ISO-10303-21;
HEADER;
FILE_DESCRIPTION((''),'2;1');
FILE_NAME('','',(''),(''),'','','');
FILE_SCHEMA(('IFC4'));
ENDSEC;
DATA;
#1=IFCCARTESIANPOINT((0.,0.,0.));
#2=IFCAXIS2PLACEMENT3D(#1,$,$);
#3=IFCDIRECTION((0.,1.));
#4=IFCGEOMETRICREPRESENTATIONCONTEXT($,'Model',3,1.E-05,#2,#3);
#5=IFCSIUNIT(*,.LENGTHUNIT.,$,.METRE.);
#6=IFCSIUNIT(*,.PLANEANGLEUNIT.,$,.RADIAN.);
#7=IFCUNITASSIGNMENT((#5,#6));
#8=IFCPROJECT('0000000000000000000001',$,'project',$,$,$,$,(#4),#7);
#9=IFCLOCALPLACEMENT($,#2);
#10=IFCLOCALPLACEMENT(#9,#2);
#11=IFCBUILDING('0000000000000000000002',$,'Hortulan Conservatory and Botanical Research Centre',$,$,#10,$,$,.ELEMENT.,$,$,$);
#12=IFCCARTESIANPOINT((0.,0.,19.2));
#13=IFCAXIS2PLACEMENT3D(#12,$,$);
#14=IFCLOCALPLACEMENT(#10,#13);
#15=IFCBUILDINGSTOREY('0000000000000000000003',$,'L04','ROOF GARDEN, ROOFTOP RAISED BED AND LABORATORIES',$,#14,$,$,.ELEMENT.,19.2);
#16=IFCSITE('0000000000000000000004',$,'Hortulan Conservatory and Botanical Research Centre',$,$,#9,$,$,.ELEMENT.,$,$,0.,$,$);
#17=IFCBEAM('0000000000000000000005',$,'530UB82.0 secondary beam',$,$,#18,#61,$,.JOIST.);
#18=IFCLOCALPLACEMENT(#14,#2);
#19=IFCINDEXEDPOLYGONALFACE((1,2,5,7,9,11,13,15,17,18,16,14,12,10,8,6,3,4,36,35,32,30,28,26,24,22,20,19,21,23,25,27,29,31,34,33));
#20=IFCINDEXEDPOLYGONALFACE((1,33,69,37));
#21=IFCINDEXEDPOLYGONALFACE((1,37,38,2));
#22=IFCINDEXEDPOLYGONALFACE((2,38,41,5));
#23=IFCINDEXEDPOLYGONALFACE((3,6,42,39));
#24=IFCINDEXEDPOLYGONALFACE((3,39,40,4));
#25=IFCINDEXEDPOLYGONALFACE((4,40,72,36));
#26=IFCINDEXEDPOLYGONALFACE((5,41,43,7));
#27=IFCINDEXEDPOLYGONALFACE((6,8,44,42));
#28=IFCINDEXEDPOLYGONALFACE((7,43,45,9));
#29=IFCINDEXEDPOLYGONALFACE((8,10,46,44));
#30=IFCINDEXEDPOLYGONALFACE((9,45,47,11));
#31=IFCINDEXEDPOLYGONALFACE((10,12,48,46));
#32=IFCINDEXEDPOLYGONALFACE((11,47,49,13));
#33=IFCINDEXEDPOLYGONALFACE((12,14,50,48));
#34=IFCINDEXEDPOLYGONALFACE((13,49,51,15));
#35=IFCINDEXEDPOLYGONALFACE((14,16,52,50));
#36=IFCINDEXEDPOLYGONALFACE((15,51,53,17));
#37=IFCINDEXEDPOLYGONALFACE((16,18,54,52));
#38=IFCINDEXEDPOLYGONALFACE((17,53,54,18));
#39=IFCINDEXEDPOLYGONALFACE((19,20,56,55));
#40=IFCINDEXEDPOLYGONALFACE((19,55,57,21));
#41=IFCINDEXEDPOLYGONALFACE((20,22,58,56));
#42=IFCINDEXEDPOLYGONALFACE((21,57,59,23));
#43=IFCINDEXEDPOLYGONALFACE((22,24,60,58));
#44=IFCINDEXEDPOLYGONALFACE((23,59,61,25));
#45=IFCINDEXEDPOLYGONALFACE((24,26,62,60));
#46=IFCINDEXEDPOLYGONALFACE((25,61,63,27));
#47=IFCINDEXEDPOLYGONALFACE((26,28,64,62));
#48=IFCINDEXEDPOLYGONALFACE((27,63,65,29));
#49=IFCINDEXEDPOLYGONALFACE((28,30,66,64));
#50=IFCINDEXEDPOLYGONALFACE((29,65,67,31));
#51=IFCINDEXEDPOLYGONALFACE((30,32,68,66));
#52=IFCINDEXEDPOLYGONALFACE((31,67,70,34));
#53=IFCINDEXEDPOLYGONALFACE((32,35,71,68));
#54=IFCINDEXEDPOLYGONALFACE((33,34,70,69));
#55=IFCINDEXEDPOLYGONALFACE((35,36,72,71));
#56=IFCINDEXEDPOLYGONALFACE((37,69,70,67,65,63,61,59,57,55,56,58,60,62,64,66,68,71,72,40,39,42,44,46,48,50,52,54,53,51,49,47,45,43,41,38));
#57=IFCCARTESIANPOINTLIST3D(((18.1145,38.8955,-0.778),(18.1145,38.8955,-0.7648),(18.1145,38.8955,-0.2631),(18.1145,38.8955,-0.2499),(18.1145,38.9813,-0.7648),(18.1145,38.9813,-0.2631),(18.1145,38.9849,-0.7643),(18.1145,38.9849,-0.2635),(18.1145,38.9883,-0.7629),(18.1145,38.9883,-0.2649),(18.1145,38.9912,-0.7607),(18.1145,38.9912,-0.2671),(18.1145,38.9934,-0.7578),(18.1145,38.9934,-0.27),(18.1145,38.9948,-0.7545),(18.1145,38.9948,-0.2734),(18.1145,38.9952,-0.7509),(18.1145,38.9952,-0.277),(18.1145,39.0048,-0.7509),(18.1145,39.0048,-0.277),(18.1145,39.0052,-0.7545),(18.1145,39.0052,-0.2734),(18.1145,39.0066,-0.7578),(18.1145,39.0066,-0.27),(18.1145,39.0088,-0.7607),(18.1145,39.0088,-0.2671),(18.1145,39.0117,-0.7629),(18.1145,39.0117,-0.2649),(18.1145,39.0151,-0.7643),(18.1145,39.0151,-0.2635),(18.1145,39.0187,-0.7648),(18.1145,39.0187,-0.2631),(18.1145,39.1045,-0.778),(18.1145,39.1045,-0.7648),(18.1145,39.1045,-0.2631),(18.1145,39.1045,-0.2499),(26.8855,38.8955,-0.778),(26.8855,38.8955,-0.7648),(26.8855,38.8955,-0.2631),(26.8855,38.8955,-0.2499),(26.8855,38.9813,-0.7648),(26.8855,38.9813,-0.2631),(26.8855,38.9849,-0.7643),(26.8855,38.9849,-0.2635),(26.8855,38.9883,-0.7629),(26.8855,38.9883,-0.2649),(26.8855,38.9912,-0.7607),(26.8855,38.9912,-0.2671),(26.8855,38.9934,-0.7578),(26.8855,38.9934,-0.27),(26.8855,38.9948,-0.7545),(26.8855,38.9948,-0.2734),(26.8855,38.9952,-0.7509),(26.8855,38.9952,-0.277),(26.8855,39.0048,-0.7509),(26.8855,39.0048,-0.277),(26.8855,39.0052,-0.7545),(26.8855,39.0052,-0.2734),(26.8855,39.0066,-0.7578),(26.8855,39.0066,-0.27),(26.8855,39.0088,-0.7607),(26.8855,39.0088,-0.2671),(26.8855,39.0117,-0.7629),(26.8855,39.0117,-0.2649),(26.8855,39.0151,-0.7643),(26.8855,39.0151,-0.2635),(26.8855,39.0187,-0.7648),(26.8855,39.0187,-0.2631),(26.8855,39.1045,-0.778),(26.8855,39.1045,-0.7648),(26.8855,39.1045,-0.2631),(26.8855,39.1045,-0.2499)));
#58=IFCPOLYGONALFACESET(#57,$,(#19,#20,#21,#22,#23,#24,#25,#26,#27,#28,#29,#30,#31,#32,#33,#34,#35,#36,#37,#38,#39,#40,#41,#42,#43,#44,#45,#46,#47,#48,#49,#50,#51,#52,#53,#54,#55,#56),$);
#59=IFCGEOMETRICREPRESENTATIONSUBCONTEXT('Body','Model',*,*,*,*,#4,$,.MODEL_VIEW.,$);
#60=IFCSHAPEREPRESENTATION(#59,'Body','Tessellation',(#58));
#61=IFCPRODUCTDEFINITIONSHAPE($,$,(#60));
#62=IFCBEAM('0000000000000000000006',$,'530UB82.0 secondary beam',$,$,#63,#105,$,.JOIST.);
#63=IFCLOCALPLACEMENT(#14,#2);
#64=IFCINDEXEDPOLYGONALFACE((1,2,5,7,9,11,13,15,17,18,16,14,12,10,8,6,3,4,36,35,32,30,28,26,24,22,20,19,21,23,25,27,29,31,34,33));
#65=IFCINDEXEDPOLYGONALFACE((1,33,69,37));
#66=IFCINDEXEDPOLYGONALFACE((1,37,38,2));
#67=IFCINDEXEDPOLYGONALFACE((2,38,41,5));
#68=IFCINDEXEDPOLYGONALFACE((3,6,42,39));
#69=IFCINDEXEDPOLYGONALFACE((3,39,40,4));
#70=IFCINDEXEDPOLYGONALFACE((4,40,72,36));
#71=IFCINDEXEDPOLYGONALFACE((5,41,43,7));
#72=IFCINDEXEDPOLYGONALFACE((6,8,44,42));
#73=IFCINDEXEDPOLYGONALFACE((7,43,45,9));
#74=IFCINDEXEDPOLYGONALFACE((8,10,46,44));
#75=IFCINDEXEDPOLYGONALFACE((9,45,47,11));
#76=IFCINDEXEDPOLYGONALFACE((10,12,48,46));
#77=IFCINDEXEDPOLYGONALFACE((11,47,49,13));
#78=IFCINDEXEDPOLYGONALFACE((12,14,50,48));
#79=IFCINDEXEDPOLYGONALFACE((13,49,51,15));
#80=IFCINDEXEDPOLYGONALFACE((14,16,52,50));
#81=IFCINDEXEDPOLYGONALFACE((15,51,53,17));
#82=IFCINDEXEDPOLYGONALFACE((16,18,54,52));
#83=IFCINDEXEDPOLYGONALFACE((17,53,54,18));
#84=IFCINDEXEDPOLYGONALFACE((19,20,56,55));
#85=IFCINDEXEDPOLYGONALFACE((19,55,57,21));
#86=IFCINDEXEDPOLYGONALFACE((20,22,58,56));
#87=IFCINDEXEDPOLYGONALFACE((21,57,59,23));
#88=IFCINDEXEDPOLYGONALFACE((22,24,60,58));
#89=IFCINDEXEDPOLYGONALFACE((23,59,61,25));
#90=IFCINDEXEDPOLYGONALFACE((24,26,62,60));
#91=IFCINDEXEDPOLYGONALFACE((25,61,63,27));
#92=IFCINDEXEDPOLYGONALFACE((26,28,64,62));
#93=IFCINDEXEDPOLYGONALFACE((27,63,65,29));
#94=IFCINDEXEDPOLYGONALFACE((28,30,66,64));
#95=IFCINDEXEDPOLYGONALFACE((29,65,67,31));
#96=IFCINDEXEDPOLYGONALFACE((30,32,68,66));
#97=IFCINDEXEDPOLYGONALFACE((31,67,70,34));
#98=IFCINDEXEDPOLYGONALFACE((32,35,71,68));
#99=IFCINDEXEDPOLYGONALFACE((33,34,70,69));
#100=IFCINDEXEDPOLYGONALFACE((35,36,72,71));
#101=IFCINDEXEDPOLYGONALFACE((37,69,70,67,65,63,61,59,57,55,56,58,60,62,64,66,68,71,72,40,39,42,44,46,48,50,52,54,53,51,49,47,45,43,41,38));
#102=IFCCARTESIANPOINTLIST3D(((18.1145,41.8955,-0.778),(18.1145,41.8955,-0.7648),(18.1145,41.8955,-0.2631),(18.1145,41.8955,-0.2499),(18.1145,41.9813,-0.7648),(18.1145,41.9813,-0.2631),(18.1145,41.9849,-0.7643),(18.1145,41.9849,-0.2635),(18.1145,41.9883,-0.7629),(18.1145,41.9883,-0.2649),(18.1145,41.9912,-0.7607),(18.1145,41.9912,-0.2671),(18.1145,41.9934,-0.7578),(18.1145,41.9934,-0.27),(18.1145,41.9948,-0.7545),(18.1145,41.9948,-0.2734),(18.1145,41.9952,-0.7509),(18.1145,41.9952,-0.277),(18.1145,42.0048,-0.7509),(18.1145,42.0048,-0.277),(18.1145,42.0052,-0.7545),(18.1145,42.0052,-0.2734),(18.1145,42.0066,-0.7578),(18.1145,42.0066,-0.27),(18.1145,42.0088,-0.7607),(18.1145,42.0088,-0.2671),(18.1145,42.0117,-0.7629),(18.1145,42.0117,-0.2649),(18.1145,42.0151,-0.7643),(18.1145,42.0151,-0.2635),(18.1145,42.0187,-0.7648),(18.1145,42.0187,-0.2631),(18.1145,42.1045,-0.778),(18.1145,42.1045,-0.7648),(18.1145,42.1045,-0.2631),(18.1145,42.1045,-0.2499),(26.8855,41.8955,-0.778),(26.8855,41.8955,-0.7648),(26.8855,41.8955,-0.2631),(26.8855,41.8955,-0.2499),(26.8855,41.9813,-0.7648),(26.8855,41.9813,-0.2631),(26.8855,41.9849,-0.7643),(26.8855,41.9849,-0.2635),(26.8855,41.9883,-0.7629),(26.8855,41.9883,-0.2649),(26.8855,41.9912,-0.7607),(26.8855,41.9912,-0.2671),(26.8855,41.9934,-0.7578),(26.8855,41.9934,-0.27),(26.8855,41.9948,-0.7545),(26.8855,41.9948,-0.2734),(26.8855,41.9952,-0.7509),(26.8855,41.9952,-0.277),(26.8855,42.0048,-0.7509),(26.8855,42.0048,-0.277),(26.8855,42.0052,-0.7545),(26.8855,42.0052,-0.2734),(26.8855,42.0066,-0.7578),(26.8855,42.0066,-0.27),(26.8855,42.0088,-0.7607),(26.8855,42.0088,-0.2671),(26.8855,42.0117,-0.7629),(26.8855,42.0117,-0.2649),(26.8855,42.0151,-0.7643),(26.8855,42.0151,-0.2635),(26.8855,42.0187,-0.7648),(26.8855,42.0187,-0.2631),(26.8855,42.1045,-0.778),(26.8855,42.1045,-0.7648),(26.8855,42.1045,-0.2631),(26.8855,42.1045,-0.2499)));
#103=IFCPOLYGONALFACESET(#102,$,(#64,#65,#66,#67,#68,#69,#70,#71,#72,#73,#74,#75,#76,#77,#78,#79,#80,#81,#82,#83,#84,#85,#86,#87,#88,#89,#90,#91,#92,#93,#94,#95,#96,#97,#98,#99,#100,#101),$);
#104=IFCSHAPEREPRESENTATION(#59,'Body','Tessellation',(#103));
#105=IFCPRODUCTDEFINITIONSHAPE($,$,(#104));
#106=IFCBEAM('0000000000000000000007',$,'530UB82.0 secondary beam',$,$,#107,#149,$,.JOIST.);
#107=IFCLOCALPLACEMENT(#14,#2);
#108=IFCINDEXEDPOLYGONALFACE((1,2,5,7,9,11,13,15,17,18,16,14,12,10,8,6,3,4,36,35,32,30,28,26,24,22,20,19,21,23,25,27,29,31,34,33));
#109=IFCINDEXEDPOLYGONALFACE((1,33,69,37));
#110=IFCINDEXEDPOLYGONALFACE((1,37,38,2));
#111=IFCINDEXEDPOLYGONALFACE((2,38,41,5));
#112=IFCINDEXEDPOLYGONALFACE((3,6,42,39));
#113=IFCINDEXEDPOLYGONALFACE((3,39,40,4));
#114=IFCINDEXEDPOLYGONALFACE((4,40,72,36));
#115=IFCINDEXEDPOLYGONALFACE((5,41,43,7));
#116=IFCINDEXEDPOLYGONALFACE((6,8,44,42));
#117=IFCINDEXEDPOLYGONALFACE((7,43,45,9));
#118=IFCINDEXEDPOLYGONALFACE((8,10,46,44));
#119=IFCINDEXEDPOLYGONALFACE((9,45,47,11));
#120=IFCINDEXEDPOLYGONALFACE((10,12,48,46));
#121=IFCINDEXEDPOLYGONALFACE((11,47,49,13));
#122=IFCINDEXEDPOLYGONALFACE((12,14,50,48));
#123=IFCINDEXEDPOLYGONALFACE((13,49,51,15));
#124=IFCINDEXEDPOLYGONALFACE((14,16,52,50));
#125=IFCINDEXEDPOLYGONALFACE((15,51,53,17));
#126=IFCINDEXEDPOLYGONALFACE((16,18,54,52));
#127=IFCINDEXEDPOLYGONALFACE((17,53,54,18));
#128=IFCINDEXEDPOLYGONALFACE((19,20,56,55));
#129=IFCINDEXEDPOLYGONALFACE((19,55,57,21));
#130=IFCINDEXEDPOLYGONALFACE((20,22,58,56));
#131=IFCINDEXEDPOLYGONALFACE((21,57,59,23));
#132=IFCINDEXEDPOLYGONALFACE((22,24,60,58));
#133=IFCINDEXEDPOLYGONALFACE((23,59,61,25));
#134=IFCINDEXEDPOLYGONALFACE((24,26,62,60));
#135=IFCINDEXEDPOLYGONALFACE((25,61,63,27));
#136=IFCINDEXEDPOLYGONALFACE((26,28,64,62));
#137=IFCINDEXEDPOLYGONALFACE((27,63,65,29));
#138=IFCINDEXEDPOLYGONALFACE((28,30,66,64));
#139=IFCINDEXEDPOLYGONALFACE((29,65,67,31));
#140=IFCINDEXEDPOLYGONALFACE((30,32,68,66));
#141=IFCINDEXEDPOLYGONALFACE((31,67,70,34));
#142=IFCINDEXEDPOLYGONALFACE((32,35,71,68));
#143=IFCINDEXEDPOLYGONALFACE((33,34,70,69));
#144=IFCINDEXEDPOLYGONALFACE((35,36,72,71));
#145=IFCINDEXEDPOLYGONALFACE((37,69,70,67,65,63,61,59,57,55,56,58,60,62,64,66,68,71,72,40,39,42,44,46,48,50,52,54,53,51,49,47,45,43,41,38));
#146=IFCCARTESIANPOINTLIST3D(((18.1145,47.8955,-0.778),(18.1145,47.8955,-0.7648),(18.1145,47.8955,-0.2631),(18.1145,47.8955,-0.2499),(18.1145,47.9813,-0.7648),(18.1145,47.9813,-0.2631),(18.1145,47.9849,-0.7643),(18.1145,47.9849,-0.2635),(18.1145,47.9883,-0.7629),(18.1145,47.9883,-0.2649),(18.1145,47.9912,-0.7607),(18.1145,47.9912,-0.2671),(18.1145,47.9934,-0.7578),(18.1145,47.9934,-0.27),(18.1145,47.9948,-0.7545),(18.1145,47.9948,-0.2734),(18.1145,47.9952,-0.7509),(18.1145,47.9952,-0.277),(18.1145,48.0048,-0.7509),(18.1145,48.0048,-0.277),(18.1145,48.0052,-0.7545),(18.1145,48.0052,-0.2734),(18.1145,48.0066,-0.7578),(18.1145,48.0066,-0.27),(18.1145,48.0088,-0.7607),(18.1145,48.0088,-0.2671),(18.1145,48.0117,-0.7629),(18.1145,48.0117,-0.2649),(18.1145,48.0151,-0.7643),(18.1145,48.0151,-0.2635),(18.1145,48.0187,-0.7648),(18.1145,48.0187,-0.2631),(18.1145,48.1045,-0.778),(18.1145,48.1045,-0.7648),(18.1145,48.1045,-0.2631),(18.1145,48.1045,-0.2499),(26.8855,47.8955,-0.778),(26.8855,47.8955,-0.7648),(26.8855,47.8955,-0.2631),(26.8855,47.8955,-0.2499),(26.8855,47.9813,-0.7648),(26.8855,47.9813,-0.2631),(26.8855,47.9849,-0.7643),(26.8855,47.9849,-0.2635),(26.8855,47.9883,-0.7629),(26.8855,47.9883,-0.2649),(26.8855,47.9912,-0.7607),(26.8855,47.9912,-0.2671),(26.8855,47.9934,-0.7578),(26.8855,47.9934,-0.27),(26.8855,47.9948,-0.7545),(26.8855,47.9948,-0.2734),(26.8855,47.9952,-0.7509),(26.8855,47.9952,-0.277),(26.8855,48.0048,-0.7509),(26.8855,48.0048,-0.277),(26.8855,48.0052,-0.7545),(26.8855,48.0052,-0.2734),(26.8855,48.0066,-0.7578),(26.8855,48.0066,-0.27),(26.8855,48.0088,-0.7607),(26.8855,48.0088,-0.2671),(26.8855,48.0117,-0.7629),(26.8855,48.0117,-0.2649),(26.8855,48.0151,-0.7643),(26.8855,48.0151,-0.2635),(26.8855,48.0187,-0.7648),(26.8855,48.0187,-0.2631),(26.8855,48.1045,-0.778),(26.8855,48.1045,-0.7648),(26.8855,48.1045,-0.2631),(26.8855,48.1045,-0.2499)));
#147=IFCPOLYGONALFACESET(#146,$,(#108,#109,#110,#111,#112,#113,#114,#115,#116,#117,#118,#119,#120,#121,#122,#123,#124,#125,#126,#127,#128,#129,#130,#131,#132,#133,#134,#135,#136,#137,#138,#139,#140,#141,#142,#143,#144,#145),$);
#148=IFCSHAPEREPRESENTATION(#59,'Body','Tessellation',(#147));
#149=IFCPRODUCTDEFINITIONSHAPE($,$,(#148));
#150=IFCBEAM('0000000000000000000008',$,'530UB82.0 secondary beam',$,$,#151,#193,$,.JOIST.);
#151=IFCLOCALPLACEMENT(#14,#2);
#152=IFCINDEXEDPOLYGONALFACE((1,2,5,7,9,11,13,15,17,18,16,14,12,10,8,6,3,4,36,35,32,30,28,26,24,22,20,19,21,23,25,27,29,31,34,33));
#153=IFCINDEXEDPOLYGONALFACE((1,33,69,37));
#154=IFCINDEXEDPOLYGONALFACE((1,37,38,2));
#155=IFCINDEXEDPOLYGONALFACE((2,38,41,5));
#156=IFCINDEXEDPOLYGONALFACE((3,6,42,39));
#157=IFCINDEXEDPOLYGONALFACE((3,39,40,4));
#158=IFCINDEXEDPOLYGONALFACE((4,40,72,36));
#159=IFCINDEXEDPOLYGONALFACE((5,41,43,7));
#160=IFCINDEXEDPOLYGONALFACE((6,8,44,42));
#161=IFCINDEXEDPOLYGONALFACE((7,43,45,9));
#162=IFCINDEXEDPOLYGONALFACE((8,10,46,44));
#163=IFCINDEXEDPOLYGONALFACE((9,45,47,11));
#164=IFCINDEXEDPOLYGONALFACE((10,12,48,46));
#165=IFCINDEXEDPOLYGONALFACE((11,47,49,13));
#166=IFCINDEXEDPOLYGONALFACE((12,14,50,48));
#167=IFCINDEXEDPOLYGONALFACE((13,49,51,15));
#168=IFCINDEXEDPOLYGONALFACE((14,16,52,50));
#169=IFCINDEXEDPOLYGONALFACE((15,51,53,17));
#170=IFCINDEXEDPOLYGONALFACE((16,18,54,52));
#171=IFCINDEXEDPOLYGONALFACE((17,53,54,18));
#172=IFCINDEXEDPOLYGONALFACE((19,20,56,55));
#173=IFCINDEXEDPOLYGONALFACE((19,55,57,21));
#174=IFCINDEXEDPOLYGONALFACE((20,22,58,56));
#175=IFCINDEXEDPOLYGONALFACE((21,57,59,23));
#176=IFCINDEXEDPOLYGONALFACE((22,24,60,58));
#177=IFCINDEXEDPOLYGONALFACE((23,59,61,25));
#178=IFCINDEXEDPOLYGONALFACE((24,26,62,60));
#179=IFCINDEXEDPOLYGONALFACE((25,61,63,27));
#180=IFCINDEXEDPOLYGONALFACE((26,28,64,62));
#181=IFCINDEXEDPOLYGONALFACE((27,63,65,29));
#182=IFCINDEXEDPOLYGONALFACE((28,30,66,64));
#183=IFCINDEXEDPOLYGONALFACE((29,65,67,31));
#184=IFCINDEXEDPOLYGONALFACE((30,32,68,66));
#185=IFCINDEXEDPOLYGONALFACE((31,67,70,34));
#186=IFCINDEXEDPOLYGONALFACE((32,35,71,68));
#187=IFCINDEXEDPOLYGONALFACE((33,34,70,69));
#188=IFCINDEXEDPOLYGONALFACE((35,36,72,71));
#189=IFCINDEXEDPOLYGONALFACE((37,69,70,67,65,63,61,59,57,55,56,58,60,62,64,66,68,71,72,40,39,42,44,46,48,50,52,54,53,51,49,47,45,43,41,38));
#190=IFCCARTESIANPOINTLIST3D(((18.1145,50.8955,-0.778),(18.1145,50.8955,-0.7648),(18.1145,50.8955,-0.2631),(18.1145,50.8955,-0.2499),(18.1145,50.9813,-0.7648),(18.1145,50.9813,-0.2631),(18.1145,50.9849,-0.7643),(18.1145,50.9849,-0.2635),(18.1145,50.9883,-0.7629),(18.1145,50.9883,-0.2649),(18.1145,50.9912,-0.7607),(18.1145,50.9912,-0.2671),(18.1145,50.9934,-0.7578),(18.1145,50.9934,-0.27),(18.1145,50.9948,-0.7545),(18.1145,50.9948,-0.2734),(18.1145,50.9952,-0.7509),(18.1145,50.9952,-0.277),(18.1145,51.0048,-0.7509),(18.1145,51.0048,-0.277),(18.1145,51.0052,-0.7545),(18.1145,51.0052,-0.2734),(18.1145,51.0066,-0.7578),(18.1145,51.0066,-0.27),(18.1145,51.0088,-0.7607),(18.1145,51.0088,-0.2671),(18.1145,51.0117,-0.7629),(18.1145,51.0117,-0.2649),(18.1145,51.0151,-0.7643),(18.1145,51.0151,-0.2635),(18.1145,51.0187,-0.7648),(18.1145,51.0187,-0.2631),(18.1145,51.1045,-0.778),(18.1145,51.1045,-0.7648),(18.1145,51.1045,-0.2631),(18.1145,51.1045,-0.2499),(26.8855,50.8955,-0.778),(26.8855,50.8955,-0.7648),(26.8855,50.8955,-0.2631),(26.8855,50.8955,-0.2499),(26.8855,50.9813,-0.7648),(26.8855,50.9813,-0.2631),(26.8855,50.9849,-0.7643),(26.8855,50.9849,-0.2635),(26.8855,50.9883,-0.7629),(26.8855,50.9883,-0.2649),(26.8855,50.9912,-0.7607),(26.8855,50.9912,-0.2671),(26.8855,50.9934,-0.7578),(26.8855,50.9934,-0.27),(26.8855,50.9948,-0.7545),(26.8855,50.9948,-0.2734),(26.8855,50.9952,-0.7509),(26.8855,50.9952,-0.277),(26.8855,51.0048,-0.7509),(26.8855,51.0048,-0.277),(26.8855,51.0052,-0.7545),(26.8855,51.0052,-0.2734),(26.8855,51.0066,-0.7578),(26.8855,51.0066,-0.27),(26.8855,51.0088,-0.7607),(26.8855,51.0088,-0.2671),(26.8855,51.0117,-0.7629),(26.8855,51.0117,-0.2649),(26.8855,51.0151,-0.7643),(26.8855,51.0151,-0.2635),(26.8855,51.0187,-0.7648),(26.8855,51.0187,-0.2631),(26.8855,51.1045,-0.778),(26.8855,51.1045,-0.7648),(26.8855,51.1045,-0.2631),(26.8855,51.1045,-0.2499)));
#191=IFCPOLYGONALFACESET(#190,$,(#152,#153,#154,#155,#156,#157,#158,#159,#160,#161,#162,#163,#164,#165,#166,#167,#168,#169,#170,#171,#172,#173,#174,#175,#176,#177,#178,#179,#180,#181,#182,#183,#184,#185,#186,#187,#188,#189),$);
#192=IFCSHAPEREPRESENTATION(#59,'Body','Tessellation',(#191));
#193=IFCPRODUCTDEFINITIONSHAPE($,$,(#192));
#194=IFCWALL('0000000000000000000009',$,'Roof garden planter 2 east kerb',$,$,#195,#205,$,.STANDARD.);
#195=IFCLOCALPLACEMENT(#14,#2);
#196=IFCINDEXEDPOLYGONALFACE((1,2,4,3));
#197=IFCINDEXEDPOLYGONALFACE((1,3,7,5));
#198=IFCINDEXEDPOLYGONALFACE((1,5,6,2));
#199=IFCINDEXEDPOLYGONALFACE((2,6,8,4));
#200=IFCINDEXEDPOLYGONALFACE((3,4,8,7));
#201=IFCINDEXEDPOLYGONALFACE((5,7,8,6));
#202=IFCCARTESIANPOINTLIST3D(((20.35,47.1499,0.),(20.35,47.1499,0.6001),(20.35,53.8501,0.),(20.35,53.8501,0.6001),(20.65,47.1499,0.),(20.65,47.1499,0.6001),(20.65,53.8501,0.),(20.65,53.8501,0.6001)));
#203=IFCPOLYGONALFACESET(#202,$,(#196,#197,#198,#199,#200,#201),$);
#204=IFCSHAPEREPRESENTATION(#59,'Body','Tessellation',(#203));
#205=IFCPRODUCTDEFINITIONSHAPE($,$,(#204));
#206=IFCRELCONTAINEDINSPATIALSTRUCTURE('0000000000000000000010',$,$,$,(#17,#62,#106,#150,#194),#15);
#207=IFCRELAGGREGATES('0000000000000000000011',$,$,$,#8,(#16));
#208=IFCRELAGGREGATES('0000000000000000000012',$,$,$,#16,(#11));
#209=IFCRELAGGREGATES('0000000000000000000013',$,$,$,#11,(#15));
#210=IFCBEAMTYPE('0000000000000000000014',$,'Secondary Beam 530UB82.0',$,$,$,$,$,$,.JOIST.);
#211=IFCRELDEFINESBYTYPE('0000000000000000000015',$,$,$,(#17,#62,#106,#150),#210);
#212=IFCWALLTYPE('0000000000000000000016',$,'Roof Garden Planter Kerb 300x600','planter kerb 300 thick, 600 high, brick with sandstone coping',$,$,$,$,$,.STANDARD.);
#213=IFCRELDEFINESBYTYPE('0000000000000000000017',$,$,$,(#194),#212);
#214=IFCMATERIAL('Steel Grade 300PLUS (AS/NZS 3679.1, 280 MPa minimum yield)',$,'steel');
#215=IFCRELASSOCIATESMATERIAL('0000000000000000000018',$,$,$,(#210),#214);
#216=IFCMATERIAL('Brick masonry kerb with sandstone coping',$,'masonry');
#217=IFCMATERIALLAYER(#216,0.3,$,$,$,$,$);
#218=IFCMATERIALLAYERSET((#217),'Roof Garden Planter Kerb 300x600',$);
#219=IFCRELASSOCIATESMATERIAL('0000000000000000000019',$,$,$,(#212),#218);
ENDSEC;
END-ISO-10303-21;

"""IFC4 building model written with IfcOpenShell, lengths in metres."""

from ifc_helpers import new_model, si_unit, direction, frame, frame_2d, origin, origin_2d, place, context, subcontext, project, spatial, rectangle, i_section, extrude, material, layer, layer_set, material_profile, profile_set, type_object, element, save


model = new_model("IFC4")

# Units and contexts
model_context = context("Model", 3, precision=1e-05, world=origin(), true_north=direction((0.0, 1.0)))
body_context = subcontext(model_context, "Body", "Model", "MODEL_VIEW")
ifc_project = project(units=[si_unit("LENGTHUNIT", "METRE"), si_unit("PLANEANGLEUNIT", "RADIAN")], contexts=[model_context])

# Site, building, storey
site_placement = place(None, origin())
site = spatial("IfcSite", under=ifc_project, at=site_placement, Name="Hortulan Conservatory and Botanical Research Centre", CompositionType="ELEMENT", RefElevation=0.0)
building_placement = place(site_placement, origin())
building = spatial("IfcBuilding", under=site, at=building_placement, Name="Hortulan Conservatory and Botanical Research Centre", CompositionType="ELEMENT")
storey_placement = place(building_placement, frame((0.0, 0.0, 19.2)))
storey = spatial("IfcBuildingStorey", under=building, at=storey_placement, Name="L04", Description="ROOF GARDEN, ROOFTOP RAISED BED AND LABORATORIES", CompositionType="ELEMENT", Elevation=19.2)

# Beams
ifc_material_1 = material(Name="Steel Grade 300PLUS (AS/NZS 3679.1, 280 MPa minimum yield)", Category="steel")
ifc_material_profile_1 = material_profile(ifc_material_1, i_section(OverallWidth=0.209, OverallDepth=0.5281, WebThickness=0.0095, FlangeThickness=0.0132, FilletRadius=0.0139, at=origin_2d()), Name="530UB82.0")
ifc_profile_set_1 = profile_set([ifc_material_profile_1], Name="Steel Grade 300PLUS (AS/NZS 3679.1, 280 MPa minimum yield)")
beam_type_1 = type_object("IfcBeamType", Name="Secondary Beam 530UB82.0", PredefinedType="JOIST", material=ifc_profile_set_1)
for number, where, z_axis, x_axis, name in (
    (1, (18.1145, 39.0, -0.5139), (1.0, 0.0, 0.0), (0.0, 1.0, 0.0), "530UB82.0 secondary beam"),
    (2, (18.1145, 42.0, -0.5139), (1.0, 0.0, 0.0), (0.0, 1.0, 0.0), "530UB82.0 secondary beam"),
    (3, (18.1145, 48.0, -0.5139), (1.0, 0.0, 0.0), (0.0, 1.0, 0.0), "530UB82.0 secondary beam"),
    (4, (18.1145, 51.0, -0.5139), (1.0, 0.0, 0.0), (0.0, 1.0, 0.0), "530UB82.0 secondary beam"),
):
    element("IfcBeam", number, at=place(storey_placement, frame(where, z_axis=z_axis, x_axis=x_axis)), inside=storey, type_object=beam_type_1, Name=name, PredefinedType="JOIST", context=body_context, shape_type="SweptSolid", body=[
        extrude(i_section(OverallWidth=0.209, OverallDepth=0.5281, WebThickness=0.0095, FlangeThickness=0.0132, FilletRadius=0.0139, at=origin_2d()), origin(), (0.0, 0.0, 1.0), 8.771),
    ])

# Wall
ifc_material_2 = material(Name="Brick masonry kerb with sandstone coping", Category="masonry")
ifc_layer = layer(ifc_material_2, 0.3)
ifc_layer_set = layer_set([ifc_layer], Name="Roof Garden Planter Kerb 300x600")
wall_type = type_object("IfcWallType", Name="Roof Garden Planter Kerb 300x600", Description="planter kerb 300 thick, 600 high, brick with sandstone coping", PredefinedType="STANDARD", material=ifc_layer_set)
wall_placement = place(storey_placement, frame((20.5, 47.1499, 0.0), z_axis=(0.0, 0.0, 1.0), x_axis=(0.0, 1.0, 0.0)))
element("IfcWall", 5, at=wall_placement, inside=storey, type_object=wall_type, Name="Roof garden planter 2 east kerb", PredefinedType="STANDARD", context=body_context, shape_type="SweptSolid", body=[
    extrude(rectangle(XDim=6.7002, YDim=0.3, at=frame_2d((3.3501, 0.0))), origin(), (0.0, 0.0, 1.0), 0.6001),
])

save(model, "model.ifc")
